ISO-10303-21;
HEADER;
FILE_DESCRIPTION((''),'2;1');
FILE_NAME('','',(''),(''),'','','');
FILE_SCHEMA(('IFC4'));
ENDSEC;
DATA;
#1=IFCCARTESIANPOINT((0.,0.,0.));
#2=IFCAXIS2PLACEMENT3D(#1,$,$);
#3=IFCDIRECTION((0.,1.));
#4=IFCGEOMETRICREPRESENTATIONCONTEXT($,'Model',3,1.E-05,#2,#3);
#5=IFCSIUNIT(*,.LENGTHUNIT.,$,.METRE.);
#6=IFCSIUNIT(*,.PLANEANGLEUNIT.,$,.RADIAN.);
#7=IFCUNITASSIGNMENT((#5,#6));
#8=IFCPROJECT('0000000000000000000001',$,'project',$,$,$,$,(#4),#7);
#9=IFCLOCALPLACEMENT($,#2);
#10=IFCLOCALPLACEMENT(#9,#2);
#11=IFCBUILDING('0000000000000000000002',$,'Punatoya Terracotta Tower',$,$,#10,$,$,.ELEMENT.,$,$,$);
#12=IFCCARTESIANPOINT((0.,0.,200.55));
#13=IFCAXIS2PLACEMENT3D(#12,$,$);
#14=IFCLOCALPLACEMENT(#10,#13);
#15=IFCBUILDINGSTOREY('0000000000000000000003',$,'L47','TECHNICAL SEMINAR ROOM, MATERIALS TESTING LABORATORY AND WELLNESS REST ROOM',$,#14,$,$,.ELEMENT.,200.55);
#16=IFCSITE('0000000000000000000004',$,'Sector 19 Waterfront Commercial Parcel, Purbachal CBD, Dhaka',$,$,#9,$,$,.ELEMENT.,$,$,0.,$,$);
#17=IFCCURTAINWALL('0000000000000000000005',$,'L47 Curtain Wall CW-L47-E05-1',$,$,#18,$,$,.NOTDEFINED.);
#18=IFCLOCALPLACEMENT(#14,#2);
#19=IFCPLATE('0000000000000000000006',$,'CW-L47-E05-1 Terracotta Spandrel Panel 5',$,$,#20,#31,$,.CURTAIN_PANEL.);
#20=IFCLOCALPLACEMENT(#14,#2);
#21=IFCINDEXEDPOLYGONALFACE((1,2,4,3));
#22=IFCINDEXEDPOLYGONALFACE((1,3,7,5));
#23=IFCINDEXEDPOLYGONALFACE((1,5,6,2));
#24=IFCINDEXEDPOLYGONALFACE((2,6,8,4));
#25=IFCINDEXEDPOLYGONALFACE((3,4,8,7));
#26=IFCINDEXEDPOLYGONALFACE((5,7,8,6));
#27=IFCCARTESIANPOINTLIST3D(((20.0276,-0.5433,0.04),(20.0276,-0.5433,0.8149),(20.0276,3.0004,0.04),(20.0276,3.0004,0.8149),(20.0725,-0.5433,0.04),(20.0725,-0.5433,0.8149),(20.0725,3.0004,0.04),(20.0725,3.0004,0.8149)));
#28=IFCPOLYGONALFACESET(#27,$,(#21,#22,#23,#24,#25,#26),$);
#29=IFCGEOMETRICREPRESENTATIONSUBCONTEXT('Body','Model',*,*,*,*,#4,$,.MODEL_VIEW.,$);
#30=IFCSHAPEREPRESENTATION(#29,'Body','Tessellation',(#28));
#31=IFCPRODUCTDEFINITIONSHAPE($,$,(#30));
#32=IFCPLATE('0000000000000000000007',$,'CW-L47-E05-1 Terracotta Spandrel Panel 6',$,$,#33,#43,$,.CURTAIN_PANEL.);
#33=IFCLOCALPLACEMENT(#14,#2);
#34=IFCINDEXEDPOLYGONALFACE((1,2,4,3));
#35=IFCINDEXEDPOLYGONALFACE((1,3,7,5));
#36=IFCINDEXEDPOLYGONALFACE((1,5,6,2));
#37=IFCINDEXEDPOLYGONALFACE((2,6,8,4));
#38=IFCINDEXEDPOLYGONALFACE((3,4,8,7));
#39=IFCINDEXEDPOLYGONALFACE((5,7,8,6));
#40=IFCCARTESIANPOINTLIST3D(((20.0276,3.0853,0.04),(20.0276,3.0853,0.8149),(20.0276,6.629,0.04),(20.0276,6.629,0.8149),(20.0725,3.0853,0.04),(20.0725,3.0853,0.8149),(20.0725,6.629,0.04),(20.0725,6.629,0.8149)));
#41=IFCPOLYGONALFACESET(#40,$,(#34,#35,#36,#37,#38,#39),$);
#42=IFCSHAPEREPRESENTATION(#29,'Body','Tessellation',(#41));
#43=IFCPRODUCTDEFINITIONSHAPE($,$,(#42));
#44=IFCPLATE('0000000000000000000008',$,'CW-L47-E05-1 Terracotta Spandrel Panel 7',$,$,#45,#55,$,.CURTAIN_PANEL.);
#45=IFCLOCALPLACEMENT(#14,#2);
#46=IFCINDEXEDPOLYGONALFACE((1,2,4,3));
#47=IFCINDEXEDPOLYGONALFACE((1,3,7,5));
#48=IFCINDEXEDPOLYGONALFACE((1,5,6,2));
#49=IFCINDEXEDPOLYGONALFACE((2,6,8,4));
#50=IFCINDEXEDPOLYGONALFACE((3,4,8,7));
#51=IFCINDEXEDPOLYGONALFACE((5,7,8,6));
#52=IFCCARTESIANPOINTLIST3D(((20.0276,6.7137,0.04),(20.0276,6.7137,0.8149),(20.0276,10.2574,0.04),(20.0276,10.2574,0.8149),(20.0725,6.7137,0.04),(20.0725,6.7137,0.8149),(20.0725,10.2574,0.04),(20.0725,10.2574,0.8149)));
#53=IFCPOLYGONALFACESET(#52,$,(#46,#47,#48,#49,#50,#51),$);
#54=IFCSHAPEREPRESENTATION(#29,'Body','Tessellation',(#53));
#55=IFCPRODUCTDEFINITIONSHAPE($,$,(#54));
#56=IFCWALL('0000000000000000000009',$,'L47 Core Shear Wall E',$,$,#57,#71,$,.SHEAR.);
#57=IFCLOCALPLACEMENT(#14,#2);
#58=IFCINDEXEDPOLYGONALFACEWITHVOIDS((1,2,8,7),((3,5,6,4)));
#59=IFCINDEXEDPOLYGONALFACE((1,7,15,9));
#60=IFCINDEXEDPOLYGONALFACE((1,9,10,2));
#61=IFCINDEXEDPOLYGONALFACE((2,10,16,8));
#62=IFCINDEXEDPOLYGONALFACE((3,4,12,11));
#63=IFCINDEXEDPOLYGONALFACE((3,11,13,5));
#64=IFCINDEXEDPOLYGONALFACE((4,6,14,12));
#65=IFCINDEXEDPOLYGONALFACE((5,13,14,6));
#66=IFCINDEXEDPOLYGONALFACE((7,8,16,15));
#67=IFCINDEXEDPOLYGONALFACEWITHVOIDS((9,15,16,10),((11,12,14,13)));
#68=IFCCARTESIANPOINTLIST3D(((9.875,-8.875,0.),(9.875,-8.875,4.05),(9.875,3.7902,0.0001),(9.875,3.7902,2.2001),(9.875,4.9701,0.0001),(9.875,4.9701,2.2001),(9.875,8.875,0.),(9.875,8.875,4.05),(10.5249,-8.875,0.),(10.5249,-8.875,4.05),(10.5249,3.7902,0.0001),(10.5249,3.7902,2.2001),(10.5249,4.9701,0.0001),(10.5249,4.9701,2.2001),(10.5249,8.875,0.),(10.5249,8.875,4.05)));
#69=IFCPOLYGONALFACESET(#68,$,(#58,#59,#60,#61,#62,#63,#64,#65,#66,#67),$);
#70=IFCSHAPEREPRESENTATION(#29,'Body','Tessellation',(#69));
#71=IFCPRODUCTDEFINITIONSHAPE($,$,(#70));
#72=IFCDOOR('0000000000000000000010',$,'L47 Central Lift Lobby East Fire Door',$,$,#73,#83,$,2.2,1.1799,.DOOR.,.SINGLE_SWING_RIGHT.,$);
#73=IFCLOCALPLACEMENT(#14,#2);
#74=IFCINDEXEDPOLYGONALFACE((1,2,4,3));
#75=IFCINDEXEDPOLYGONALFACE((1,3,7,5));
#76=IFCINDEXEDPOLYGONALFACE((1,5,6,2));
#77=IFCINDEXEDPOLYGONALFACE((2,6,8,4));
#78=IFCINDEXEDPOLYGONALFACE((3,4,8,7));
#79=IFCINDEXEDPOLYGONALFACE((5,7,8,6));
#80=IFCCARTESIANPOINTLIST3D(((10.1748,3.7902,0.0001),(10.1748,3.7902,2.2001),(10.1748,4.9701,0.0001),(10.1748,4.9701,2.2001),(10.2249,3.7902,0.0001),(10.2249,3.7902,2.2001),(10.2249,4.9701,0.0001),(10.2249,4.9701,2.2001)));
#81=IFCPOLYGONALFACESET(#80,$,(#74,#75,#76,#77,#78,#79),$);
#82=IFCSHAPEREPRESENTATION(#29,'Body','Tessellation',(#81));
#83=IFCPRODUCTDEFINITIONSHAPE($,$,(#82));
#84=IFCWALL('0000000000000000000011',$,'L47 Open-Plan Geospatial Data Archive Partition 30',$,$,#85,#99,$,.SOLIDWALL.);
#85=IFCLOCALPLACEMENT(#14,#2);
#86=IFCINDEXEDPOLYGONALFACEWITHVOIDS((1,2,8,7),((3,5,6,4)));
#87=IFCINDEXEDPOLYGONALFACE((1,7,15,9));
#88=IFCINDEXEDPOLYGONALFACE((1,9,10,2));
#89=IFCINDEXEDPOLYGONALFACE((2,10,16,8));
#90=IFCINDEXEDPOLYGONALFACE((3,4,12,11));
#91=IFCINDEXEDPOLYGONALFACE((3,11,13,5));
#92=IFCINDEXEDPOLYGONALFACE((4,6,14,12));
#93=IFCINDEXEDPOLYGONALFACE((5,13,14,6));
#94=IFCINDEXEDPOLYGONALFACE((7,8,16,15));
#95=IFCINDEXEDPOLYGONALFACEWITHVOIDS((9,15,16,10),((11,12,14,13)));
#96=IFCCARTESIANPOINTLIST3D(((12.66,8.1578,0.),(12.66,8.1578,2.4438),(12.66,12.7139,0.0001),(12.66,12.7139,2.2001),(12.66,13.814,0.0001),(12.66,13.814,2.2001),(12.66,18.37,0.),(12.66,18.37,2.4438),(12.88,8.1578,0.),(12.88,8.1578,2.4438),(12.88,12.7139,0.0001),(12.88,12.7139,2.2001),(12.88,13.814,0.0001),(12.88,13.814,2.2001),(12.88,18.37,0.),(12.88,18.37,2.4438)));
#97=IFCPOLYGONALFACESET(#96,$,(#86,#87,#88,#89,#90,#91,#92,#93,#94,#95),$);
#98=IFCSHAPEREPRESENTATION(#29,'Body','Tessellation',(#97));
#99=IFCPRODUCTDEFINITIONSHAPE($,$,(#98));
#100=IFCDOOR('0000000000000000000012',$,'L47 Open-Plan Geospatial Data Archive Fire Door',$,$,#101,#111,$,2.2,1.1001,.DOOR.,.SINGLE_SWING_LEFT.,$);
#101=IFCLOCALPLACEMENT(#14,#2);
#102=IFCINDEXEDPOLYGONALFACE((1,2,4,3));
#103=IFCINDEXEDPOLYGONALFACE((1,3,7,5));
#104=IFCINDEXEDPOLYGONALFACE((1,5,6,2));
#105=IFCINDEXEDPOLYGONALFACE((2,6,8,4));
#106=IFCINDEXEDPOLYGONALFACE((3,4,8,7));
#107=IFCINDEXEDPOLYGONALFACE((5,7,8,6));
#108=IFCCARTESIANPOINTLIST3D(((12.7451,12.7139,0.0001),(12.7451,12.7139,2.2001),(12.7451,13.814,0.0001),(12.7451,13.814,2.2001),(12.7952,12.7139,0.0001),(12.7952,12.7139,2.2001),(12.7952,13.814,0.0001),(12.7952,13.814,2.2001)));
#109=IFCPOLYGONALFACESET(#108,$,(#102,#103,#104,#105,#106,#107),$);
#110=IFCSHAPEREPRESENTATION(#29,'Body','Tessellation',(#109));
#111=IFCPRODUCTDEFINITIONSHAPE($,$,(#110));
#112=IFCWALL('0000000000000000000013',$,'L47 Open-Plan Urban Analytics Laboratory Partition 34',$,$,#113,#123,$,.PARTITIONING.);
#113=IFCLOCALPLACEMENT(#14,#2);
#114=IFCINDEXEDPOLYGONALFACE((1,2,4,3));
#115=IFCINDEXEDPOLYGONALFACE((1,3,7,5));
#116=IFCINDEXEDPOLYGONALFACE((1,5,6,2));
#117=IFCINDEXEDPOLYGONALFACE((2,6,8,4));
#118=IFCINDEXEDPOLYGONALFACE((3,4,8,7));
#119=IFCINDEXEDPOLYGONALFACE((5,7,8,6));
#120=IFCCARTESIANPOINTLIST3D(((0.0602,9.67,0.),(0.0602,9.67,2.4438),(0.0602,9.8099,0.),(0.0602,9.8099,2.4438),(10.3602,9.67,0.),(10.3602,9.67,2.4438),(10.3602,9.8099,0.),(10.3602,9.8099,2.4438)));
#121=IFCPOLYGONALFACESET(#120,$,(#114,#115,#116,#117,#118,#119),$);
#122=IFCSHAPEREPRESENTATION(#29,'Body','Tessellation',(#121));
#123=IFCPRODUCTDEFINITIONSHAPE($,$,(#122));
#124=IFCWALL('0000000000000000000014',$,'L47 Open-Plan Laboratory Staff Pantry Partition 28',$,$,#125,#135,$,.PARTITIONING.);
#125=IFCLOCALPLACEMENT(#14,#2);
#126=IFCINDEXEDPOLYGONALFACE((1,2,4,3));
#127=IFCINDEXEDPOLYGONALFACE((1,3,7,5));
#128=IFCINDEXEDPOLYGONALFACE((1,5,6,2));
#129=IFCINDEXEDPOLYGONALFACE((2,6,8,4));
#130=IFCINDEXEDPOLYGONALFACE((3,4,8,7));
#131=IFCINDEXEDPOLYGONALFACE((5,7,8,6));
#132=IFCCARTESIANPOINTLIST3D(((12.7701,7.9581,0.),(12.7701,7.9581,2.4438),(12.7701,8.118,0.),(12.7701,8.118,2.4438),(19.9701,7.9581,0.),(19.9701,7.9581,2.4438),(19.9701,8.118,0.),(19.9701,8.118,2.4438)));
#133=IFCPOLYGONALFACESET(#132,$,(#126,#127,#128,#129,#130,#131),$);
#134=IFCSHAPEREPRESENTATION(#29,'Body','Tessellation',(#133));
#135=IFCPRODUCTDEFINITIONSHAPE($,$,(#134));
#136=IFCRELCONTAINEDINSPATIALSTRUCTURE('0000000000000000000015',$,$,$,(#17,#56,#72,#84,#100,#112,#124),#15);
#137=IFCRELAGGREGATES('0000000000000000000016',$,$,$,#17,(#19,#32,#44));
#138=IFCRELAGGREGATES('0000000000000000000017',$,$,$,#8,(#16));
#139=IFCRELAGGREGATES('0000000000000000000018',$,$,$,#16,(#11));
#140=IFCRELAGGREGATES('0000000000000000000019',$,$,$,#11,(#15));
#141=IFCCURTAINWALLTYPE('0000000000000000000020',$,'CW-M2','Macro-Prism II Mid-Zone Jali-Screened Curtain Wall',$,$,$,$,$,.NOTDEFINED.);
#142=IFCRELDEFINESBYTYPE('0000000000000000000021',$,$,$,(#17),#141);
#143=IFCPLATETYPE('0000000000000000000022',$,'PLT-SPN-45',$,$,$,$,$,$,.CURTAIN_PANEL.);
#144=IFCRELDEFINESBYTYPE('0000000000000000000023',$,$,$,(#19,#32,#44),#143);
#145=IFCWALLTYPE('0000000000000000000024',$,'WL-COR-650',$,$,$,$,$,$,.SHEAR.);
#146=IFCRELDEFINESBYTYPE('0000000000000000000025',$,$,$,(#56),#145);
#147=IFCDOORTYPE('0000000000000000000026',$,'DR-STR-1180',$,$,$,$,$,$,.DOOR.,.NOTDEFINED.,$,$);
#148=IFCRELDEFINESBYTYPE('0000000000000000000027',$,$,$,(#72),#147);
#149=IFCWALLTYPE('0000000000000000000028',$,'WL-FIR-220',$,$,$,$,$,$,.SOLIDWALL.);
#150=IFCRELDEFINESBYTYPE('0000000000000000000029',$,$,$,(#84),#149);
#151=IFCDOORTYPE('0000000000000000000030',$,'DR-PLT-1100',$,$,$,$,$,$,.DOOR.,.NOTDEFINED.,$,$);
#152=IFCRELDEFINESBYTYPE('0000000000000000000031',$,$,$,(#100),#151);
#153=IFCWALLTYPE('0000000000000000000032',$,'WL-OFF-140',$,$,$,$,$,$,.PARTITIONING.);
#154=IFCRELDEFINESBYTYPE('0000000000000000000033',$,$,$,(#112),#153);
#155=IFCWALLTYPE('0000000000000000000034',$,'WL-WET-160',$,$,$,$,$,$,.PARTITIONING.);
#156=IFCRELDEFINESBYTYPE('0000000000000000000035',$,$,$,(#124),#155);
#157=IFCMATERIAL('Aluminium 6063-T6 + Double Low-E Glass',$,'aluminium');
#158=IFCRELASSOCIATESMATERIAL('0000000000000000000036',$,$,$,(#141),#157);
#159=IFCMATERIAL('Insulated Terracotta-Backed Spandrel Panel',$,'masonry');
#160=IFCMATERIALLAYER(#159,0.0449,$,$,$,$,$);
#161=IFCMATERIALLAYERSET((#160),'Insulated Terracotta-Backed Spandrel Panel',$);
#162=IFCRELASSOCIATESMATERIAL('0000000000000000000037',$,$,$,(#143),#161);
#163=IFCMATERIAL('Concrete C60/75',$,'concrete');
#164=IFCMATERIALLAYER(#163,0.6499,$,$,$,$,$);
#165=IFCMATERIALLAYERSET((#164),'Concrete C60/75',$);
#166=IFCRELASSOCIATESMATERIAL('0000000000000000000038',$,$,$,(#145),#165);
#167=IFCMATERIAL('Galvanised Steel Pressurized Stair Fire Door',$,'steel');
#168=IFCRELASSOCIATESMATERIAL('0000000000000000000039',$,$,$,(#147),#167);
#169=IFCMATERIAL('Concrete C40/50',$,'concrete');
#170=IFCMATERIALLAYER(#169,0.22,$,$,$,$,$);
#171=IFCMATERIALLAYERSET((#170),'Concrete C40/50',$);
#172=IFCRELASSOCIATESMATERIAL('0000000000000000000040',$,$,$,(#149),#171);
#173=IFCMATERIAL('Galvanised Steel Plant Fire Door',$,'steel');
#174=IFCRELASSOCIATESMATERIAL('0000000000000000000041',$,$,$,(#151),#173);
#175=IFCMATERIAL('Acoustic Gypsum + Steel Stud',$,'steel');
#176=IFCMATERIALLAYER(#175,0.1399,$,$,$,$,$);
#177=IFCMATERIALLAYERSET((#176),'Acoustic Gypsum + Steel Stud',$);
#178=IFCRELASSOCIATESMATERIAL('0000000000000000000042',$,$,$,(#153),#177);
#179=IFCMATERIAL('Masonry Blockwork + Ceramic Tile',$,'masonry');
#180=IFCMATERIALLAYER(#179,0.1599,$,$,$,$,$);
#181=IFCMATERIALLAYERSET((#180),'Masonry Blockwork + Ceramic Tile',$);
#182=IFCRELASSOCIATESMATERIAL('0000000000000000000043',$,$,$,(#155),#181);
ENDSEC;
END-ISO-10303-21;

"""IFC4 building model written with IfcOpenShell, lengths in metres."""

from ifc_helpers import new_model, si_unit, direction, frame, frame_2d, origin, origin_2d, place, context, subcontext, project, spatial, rectangle, extrude, material, layer, layer_set, type_object, element, fill, aggregate, save


model = new_model("IFC4")

# Units and contexts
model_context = context("Model", 3, precision=1e-05, world=origin(), true_north=direction((0.0, 1.0)))
body_context = subcontext(model_context, "Body", "Model", "MODEL_VIEW")
ifc_project = project(units=[si_unit("LENGTHUNIT", "METRE"), si_unit("PLANEANGLEUNIT", "RADIAN")], contexts=[model_context])

# Site, building, storey
site_placement = place(None, origin())
site = spatial("IfcSite", under=ifc_project, at=site_placement, Name="Sector 19 Waterfront Commercial Parcel, Purbachal CBD, Dhaka", CompositionType="ELEMENT", RefElevation=0.0)
building_placement = place(site_placement, origin())
building = spatial("IfcBuilding", under=site, at=building_placement, Name="Punatoya Terracotta Tower", CompositionType="ELEMENT")
storey_placement = place(building_placement, frame((0.0, 0.0, 200.55)))
storey = spatial("IfcBuildingStorey", under=building, at=storey_placement, Name="L47", Description="TECHNICAL SEMINAR ROOM, MATERIALS TESTING LABORATORY AND WELLNESS REST ROOM", CompositionType="ELEMENT", Elevation=200.55)

# Curtain wall, plates
ifc_material_1 = material(Name="Aluminium 6063-T6 + Double Low-E Glass", Category="aluminium")
curtain_wall_type = type_object("IfcCurtainWallType", Name="CW-M2", Description="Macro-Prism II Mid-Zone Jali-Screened Curtain Wall", PredefinedType="NOTDEFINED", material=ifc_material_1)
curtain_wall_placement = place(storey_placement, origin())
curtain_wall = element("IfcCurtainWall", 1, at=curtain_wall_placement, inside=storey, type_object=curtain_wall_type, Name="L47 Curtain Wall CW-L47-E05-1", PredefinedType="NOTDEFINED")
ifc_material_2 = material(Name="Insulated Terracotta-Backed Spandrel Panel", Category="masonry")
ifc_layer_1 = layer(ifc_material_2, 0.0449)
ifc_layer_set_1 = layer_set([ifc_layer_1], Name="Insulated Terracotta-Backed Spandrel Panel")
plate_type_1 = type_object("IfcPlateType", Name="PLT-SPN-45", PredefinedType="CURTAIN_PANEL", material=ifc_layer_set_1)
plate_1_placement = place(storey_placement, frame((20.05, 1.2285, 0.04), z_axis=(0.0, 0.0, 1.0), x_axis=(0.0, 1.0, 0.0)))
plate_1 = element("IfcPlate", 2, at=plate_1_placement, type_object=plate_type_1, Name="CW-L47-E05-1 Terracotta Spandrel Panel 5", PredefinedType="CURTAIN_PANEL", context=body_context, shape_type="SweptSolid", body=[
    extrude(rectangle(XDim=3.5437, YDim=0.0449, at=origin_2d()), origin(), (0.0, 0.0, 1.0), 0.7749),
])
plate_2_placement = place(storey_placement, frame((20.05, 4.8572, 0.04), z_axis=(0.0, 0.0, 1.0), x_axis=(0.0, 1.0, 0.0)))
plate_2 = element("IfcPlate", 3, at=plate_2_placement, type_object=plate_type_1, Name="CW-L47-E05-1 Terracotta Spandrel Panel 6", PredefinedType="CURTAIN_PANEL", context=body_context, shape_type="SweptSolid", body=[
    extrude(rectangle(XDim=3.5437, YDim=0.0449, at=origin_2d()), origin(), (0.0, 0.0, 1.0), 0.7749),
])
plate_3_placement = place(storey_placement, frame((20.05, 8.4856, 0.04), z_axis=(0.0, 0.0, 1.0), x_axis=(0.0, 1.0, 0.0)))
plate_3 = element("IfcPlate", 4, at=plate_3_placement, type_object=plate_type_1, Name="CW-L47-E05-1 Terracotta Spandrel Panel 7", PredefinedType="CURTAIN_PANEL", context=body_context, shape_type="SweptSolid", body=[
    extrude(rectangle(XDim=3.5437, YDim=0.0449, at=origin_2d()), origin(), (0.0, 0.0, 1.0), 0.7749),
])
aggregate(curtain_wall, [plate_1, plate_2, plate_3])

# Walls, openings, doors
ifc_material_3 = material(Name="Concrete C60/75", Category="concrete")
ifc_layer_2 = layer(ifc_material_3, 0.6499)
ifc_layer_set_2 = layer_set([ifc_layer_2], Name="Concrete C60/75")
wall_type_1 = type_object("IfcWallType", Name="WL-COR-650", PredefinedType="SHEAR", material=ifc_layer_set_2)
wall_1_placement = place(storey_placement, frame((10.2, 8.875, 0.0), z_axis=(0.0, 0.0, 1.0), x_axis=(0.0, -1.0, 0.0)))
wall_1 = element("IfcWall", 5, at=wall_1_placement, inside=storey, type_object=wall_type_1, Name="L47 Core Shear Wall E", PredefinedType="SHEAR", context=body_context, shape_type="SweptSolid", body=[
    extrude(rectangle(XDim=17.75, YDim=0.6499, at=frame_2d((8.875, 0.0))), origin(), (0.0, 0.0, 1.0), 4.05),
])
opening_1_placement = place(wall_1_placement, frame((3.905, 0.0, 0.0)))
opening_1 = element("IfcOpeningElement", 6, at=opening_1_placement, cuts=wall_1, PredefinedType="OPENING", context=body_context, shape_type="SweptSolid", body=[
    extrude(rectangle(XDim=1.1799, YDim=2.2, at=frame_2d((0.5898, 1.1001))), frame((0.0, 0.335, 0.0), z_axis=(0.0, -1.0, 0.0), x_axis=(1.0, 0.0, 0.0)), (0.0, 0.0, 1.0), 0.6699),
])
ifc_material_4 = material(Name="Galvanised Steel Pressurized Stair Fire Door", Category="steel")
door_type_1 = type_object("IfcDoorType", Name="DR-STR-1180", OperationType="NOTDEFINED", PredefinedType="DOOR", material=ifc_material_4)
door_1_placement = place(opening_1_placement, origin())
door_1 = element("IfcDoor", 7, at=door_1_placement, inside=storey, type_object=door_type_1, Name="L47 Central Lift Lobby East Fire Door", OperationType="SINGLE_SWING_RIGHT", OverallHeight=2.2, OverallWidth=1.1799, PredefinedType="DOOR", context=body_context, shape_type="SweptSolid", body=[
    extrude(rectangle(XDim=1.1799, YDim=2.2, at=frame_2d((0.5898, 1.1001))), frame((0.0, 0.0249, 0.0), z_axis=(0.0, -1.0, 0.0), x_axis=(1.0, 0.0, 0.0)), (0.0, 0.0, 1.0), 0.05),
])
fill(opening_1, door_1)
ifc_material_5 = material(Name="Concrete C40/50", Category="concrete")
ifc_layer_3 = layer(ifc_material_5, 0.22)
ifc_layer_set_3 = layer_set([ifc_layer_3], Name="Concrete C40/50")
wall_type_2 = type_object("IfcWallType", Name="WL-FIR-220", PredefinedType="SOLIDWALL", material=ifc_layer_set_3)
wall_2_placement = place(storey_placement, frame((12.77, 8.158, 0.0), z_axis=(0.0, 0.0, 1.0), x_axis=(0.0, 1.0, 0.0)))
wall_2 = element("IfcWall", 8, at=wall_2_placement, inside=storey, type_object=wall_type_2, Name="L47 Open-Plan Geospatial Data Archive Partition 30", PredefinedType="SOLIDWALL", context=body_context, shape_type="SweptSolid", body=[
    extrude(rectangle(XDim=10.2122, YDim=0.22, at=frame_2d((5.106, 0.0))), origin(), (0.0, 0.0, 1.0), 2.4438),
])
opening_2_placement = place(wall_2_placement, frame((4.5559, 0.0, 0.0)))
opening_2 = element("IfcOpeningElement", 9, at=opening_2_placement, cuts=wall_2, PredefinedType="OPENING", context=body_context, shape_type="SweptSolid", body=[
    extrude(rectangle(XDim=1.1001, YDim=2.2, at=frame_2d((0.55, 1.1001))), frame((0.0, 0.1199, 0.0), z_axis=(0.0, -1.0, 0.0), x_axis=(1.0, 0.0, 0.0)), (0.0, 0.0, 1.0), 0.24),
])
ifc_material_6 = material(Name="Galvanised Steel Plant Fire Door", Category="steel")
door_type_2 = type_object("IfcDoorType", Name="DR-PLT-1100", OperationType="NOTDEFINED", PredefinedType="DOOR", material=ifc_material_6)
door_2_placement = place(opening_2_placement, origin())
door_2 = element("IfcDoor", 10, at=door_2_placement, inside=storey, type_object=door_type_2, Name="L47 Open-Plan Geospatial Data Archive Fire Door", OperationType="SINGLE_SWING_LEFT", OverallHeight=2.2, OverallWidth=1.1001, PredefinedType="DOOR", context=body_context, shape_type="SweptSolid", body=[
    extrude(rectangle(XDim=1.1001, YDim=2.2, at=frame_2d((0.55, 1.1001))), frame((0.0, 0.0249, 0.0), z_axis=(0.0, -1.0, 0.0), x_axis=(1.0, 0.0, 0.0)), (0.0, 0.0, 1.0), 0.05),
])
fill(opening_2, door_2)

# Walls
ifc_material_7 = material(Name="Acoustic Gypsum + Steel Stud", Category="steel")
ifc_layer_4 = layer(ifc_material_7, 0.1399)
ifc_layer_set_4 = layer_set([ifc_layer_4], Name="Acoustic Gypsum + Steel Stud")
wall_type_3 = type_object("IfcWallType", Name="WL-OFF-140", PredefinedType="PARTITIONING", material=ifc_layer_set_4)
wall_3_placement = place(storey_placement, frame((10.3601, 9.74, 0.0), z_axis=(0.0, 0.0, 1.0), x_axis=(-1.0, 0.0, 0.0)))
element("IfcWall", 11, at=wall_3_placement, inside=storey, type_object=wall_type_3, Name="L47 Open-Plan Urban Analytics Laboratory Partition 34", PredefinedType="PARTITIONING", context=body_context, shape_type="SweptSolid", body=[
    extrude(rectangle(XDim=10.3, YDim=0.1399, at=frame_2d((5.1499, 0.0))), origin(), (0.0, 0.0, 1.0), 2.4438),
])
ifc_material_8 = material(Name="Masonry Blockwork + Ceramic Tile", Category="masonry")
ifc_layer_5 = layer(ifc_material_8, 0.1599)
ifc_layer_set_5 = layer_set([ifc_layer_5], Name="Masonry Blockwork + Ceramic Tile")
wall_type_4 = type_object("IfcWallType", Name="WL-WET-160", PredefinedType="PARTITIONING", material=ifc_layer_set_5)
wall_4_placement = place(storey_placement, frame((12.77, 8.0381, 0.0), z_axis=(0.0, 0.0, 1.0), x_axis=(1.0, 0.0, 0.0)))
element("IfcWall", 12, at=wall_4_placement, inside=storey, type_object=wall_type_4, Name="L47 Open-Plan Laboratory Staff Pantry Partition 28", PredefinedType="PARTITIONING", context=body_context, shape_type="SweptSolid", body=[
    extrude(rectangle(XDim=7.2, YDim=0.1599, at=frame_2d((3.6001, 0.0))), origin(), (0.0, 0.0, 1.0), 2.4438),
])

save(model, "model.ifc")
